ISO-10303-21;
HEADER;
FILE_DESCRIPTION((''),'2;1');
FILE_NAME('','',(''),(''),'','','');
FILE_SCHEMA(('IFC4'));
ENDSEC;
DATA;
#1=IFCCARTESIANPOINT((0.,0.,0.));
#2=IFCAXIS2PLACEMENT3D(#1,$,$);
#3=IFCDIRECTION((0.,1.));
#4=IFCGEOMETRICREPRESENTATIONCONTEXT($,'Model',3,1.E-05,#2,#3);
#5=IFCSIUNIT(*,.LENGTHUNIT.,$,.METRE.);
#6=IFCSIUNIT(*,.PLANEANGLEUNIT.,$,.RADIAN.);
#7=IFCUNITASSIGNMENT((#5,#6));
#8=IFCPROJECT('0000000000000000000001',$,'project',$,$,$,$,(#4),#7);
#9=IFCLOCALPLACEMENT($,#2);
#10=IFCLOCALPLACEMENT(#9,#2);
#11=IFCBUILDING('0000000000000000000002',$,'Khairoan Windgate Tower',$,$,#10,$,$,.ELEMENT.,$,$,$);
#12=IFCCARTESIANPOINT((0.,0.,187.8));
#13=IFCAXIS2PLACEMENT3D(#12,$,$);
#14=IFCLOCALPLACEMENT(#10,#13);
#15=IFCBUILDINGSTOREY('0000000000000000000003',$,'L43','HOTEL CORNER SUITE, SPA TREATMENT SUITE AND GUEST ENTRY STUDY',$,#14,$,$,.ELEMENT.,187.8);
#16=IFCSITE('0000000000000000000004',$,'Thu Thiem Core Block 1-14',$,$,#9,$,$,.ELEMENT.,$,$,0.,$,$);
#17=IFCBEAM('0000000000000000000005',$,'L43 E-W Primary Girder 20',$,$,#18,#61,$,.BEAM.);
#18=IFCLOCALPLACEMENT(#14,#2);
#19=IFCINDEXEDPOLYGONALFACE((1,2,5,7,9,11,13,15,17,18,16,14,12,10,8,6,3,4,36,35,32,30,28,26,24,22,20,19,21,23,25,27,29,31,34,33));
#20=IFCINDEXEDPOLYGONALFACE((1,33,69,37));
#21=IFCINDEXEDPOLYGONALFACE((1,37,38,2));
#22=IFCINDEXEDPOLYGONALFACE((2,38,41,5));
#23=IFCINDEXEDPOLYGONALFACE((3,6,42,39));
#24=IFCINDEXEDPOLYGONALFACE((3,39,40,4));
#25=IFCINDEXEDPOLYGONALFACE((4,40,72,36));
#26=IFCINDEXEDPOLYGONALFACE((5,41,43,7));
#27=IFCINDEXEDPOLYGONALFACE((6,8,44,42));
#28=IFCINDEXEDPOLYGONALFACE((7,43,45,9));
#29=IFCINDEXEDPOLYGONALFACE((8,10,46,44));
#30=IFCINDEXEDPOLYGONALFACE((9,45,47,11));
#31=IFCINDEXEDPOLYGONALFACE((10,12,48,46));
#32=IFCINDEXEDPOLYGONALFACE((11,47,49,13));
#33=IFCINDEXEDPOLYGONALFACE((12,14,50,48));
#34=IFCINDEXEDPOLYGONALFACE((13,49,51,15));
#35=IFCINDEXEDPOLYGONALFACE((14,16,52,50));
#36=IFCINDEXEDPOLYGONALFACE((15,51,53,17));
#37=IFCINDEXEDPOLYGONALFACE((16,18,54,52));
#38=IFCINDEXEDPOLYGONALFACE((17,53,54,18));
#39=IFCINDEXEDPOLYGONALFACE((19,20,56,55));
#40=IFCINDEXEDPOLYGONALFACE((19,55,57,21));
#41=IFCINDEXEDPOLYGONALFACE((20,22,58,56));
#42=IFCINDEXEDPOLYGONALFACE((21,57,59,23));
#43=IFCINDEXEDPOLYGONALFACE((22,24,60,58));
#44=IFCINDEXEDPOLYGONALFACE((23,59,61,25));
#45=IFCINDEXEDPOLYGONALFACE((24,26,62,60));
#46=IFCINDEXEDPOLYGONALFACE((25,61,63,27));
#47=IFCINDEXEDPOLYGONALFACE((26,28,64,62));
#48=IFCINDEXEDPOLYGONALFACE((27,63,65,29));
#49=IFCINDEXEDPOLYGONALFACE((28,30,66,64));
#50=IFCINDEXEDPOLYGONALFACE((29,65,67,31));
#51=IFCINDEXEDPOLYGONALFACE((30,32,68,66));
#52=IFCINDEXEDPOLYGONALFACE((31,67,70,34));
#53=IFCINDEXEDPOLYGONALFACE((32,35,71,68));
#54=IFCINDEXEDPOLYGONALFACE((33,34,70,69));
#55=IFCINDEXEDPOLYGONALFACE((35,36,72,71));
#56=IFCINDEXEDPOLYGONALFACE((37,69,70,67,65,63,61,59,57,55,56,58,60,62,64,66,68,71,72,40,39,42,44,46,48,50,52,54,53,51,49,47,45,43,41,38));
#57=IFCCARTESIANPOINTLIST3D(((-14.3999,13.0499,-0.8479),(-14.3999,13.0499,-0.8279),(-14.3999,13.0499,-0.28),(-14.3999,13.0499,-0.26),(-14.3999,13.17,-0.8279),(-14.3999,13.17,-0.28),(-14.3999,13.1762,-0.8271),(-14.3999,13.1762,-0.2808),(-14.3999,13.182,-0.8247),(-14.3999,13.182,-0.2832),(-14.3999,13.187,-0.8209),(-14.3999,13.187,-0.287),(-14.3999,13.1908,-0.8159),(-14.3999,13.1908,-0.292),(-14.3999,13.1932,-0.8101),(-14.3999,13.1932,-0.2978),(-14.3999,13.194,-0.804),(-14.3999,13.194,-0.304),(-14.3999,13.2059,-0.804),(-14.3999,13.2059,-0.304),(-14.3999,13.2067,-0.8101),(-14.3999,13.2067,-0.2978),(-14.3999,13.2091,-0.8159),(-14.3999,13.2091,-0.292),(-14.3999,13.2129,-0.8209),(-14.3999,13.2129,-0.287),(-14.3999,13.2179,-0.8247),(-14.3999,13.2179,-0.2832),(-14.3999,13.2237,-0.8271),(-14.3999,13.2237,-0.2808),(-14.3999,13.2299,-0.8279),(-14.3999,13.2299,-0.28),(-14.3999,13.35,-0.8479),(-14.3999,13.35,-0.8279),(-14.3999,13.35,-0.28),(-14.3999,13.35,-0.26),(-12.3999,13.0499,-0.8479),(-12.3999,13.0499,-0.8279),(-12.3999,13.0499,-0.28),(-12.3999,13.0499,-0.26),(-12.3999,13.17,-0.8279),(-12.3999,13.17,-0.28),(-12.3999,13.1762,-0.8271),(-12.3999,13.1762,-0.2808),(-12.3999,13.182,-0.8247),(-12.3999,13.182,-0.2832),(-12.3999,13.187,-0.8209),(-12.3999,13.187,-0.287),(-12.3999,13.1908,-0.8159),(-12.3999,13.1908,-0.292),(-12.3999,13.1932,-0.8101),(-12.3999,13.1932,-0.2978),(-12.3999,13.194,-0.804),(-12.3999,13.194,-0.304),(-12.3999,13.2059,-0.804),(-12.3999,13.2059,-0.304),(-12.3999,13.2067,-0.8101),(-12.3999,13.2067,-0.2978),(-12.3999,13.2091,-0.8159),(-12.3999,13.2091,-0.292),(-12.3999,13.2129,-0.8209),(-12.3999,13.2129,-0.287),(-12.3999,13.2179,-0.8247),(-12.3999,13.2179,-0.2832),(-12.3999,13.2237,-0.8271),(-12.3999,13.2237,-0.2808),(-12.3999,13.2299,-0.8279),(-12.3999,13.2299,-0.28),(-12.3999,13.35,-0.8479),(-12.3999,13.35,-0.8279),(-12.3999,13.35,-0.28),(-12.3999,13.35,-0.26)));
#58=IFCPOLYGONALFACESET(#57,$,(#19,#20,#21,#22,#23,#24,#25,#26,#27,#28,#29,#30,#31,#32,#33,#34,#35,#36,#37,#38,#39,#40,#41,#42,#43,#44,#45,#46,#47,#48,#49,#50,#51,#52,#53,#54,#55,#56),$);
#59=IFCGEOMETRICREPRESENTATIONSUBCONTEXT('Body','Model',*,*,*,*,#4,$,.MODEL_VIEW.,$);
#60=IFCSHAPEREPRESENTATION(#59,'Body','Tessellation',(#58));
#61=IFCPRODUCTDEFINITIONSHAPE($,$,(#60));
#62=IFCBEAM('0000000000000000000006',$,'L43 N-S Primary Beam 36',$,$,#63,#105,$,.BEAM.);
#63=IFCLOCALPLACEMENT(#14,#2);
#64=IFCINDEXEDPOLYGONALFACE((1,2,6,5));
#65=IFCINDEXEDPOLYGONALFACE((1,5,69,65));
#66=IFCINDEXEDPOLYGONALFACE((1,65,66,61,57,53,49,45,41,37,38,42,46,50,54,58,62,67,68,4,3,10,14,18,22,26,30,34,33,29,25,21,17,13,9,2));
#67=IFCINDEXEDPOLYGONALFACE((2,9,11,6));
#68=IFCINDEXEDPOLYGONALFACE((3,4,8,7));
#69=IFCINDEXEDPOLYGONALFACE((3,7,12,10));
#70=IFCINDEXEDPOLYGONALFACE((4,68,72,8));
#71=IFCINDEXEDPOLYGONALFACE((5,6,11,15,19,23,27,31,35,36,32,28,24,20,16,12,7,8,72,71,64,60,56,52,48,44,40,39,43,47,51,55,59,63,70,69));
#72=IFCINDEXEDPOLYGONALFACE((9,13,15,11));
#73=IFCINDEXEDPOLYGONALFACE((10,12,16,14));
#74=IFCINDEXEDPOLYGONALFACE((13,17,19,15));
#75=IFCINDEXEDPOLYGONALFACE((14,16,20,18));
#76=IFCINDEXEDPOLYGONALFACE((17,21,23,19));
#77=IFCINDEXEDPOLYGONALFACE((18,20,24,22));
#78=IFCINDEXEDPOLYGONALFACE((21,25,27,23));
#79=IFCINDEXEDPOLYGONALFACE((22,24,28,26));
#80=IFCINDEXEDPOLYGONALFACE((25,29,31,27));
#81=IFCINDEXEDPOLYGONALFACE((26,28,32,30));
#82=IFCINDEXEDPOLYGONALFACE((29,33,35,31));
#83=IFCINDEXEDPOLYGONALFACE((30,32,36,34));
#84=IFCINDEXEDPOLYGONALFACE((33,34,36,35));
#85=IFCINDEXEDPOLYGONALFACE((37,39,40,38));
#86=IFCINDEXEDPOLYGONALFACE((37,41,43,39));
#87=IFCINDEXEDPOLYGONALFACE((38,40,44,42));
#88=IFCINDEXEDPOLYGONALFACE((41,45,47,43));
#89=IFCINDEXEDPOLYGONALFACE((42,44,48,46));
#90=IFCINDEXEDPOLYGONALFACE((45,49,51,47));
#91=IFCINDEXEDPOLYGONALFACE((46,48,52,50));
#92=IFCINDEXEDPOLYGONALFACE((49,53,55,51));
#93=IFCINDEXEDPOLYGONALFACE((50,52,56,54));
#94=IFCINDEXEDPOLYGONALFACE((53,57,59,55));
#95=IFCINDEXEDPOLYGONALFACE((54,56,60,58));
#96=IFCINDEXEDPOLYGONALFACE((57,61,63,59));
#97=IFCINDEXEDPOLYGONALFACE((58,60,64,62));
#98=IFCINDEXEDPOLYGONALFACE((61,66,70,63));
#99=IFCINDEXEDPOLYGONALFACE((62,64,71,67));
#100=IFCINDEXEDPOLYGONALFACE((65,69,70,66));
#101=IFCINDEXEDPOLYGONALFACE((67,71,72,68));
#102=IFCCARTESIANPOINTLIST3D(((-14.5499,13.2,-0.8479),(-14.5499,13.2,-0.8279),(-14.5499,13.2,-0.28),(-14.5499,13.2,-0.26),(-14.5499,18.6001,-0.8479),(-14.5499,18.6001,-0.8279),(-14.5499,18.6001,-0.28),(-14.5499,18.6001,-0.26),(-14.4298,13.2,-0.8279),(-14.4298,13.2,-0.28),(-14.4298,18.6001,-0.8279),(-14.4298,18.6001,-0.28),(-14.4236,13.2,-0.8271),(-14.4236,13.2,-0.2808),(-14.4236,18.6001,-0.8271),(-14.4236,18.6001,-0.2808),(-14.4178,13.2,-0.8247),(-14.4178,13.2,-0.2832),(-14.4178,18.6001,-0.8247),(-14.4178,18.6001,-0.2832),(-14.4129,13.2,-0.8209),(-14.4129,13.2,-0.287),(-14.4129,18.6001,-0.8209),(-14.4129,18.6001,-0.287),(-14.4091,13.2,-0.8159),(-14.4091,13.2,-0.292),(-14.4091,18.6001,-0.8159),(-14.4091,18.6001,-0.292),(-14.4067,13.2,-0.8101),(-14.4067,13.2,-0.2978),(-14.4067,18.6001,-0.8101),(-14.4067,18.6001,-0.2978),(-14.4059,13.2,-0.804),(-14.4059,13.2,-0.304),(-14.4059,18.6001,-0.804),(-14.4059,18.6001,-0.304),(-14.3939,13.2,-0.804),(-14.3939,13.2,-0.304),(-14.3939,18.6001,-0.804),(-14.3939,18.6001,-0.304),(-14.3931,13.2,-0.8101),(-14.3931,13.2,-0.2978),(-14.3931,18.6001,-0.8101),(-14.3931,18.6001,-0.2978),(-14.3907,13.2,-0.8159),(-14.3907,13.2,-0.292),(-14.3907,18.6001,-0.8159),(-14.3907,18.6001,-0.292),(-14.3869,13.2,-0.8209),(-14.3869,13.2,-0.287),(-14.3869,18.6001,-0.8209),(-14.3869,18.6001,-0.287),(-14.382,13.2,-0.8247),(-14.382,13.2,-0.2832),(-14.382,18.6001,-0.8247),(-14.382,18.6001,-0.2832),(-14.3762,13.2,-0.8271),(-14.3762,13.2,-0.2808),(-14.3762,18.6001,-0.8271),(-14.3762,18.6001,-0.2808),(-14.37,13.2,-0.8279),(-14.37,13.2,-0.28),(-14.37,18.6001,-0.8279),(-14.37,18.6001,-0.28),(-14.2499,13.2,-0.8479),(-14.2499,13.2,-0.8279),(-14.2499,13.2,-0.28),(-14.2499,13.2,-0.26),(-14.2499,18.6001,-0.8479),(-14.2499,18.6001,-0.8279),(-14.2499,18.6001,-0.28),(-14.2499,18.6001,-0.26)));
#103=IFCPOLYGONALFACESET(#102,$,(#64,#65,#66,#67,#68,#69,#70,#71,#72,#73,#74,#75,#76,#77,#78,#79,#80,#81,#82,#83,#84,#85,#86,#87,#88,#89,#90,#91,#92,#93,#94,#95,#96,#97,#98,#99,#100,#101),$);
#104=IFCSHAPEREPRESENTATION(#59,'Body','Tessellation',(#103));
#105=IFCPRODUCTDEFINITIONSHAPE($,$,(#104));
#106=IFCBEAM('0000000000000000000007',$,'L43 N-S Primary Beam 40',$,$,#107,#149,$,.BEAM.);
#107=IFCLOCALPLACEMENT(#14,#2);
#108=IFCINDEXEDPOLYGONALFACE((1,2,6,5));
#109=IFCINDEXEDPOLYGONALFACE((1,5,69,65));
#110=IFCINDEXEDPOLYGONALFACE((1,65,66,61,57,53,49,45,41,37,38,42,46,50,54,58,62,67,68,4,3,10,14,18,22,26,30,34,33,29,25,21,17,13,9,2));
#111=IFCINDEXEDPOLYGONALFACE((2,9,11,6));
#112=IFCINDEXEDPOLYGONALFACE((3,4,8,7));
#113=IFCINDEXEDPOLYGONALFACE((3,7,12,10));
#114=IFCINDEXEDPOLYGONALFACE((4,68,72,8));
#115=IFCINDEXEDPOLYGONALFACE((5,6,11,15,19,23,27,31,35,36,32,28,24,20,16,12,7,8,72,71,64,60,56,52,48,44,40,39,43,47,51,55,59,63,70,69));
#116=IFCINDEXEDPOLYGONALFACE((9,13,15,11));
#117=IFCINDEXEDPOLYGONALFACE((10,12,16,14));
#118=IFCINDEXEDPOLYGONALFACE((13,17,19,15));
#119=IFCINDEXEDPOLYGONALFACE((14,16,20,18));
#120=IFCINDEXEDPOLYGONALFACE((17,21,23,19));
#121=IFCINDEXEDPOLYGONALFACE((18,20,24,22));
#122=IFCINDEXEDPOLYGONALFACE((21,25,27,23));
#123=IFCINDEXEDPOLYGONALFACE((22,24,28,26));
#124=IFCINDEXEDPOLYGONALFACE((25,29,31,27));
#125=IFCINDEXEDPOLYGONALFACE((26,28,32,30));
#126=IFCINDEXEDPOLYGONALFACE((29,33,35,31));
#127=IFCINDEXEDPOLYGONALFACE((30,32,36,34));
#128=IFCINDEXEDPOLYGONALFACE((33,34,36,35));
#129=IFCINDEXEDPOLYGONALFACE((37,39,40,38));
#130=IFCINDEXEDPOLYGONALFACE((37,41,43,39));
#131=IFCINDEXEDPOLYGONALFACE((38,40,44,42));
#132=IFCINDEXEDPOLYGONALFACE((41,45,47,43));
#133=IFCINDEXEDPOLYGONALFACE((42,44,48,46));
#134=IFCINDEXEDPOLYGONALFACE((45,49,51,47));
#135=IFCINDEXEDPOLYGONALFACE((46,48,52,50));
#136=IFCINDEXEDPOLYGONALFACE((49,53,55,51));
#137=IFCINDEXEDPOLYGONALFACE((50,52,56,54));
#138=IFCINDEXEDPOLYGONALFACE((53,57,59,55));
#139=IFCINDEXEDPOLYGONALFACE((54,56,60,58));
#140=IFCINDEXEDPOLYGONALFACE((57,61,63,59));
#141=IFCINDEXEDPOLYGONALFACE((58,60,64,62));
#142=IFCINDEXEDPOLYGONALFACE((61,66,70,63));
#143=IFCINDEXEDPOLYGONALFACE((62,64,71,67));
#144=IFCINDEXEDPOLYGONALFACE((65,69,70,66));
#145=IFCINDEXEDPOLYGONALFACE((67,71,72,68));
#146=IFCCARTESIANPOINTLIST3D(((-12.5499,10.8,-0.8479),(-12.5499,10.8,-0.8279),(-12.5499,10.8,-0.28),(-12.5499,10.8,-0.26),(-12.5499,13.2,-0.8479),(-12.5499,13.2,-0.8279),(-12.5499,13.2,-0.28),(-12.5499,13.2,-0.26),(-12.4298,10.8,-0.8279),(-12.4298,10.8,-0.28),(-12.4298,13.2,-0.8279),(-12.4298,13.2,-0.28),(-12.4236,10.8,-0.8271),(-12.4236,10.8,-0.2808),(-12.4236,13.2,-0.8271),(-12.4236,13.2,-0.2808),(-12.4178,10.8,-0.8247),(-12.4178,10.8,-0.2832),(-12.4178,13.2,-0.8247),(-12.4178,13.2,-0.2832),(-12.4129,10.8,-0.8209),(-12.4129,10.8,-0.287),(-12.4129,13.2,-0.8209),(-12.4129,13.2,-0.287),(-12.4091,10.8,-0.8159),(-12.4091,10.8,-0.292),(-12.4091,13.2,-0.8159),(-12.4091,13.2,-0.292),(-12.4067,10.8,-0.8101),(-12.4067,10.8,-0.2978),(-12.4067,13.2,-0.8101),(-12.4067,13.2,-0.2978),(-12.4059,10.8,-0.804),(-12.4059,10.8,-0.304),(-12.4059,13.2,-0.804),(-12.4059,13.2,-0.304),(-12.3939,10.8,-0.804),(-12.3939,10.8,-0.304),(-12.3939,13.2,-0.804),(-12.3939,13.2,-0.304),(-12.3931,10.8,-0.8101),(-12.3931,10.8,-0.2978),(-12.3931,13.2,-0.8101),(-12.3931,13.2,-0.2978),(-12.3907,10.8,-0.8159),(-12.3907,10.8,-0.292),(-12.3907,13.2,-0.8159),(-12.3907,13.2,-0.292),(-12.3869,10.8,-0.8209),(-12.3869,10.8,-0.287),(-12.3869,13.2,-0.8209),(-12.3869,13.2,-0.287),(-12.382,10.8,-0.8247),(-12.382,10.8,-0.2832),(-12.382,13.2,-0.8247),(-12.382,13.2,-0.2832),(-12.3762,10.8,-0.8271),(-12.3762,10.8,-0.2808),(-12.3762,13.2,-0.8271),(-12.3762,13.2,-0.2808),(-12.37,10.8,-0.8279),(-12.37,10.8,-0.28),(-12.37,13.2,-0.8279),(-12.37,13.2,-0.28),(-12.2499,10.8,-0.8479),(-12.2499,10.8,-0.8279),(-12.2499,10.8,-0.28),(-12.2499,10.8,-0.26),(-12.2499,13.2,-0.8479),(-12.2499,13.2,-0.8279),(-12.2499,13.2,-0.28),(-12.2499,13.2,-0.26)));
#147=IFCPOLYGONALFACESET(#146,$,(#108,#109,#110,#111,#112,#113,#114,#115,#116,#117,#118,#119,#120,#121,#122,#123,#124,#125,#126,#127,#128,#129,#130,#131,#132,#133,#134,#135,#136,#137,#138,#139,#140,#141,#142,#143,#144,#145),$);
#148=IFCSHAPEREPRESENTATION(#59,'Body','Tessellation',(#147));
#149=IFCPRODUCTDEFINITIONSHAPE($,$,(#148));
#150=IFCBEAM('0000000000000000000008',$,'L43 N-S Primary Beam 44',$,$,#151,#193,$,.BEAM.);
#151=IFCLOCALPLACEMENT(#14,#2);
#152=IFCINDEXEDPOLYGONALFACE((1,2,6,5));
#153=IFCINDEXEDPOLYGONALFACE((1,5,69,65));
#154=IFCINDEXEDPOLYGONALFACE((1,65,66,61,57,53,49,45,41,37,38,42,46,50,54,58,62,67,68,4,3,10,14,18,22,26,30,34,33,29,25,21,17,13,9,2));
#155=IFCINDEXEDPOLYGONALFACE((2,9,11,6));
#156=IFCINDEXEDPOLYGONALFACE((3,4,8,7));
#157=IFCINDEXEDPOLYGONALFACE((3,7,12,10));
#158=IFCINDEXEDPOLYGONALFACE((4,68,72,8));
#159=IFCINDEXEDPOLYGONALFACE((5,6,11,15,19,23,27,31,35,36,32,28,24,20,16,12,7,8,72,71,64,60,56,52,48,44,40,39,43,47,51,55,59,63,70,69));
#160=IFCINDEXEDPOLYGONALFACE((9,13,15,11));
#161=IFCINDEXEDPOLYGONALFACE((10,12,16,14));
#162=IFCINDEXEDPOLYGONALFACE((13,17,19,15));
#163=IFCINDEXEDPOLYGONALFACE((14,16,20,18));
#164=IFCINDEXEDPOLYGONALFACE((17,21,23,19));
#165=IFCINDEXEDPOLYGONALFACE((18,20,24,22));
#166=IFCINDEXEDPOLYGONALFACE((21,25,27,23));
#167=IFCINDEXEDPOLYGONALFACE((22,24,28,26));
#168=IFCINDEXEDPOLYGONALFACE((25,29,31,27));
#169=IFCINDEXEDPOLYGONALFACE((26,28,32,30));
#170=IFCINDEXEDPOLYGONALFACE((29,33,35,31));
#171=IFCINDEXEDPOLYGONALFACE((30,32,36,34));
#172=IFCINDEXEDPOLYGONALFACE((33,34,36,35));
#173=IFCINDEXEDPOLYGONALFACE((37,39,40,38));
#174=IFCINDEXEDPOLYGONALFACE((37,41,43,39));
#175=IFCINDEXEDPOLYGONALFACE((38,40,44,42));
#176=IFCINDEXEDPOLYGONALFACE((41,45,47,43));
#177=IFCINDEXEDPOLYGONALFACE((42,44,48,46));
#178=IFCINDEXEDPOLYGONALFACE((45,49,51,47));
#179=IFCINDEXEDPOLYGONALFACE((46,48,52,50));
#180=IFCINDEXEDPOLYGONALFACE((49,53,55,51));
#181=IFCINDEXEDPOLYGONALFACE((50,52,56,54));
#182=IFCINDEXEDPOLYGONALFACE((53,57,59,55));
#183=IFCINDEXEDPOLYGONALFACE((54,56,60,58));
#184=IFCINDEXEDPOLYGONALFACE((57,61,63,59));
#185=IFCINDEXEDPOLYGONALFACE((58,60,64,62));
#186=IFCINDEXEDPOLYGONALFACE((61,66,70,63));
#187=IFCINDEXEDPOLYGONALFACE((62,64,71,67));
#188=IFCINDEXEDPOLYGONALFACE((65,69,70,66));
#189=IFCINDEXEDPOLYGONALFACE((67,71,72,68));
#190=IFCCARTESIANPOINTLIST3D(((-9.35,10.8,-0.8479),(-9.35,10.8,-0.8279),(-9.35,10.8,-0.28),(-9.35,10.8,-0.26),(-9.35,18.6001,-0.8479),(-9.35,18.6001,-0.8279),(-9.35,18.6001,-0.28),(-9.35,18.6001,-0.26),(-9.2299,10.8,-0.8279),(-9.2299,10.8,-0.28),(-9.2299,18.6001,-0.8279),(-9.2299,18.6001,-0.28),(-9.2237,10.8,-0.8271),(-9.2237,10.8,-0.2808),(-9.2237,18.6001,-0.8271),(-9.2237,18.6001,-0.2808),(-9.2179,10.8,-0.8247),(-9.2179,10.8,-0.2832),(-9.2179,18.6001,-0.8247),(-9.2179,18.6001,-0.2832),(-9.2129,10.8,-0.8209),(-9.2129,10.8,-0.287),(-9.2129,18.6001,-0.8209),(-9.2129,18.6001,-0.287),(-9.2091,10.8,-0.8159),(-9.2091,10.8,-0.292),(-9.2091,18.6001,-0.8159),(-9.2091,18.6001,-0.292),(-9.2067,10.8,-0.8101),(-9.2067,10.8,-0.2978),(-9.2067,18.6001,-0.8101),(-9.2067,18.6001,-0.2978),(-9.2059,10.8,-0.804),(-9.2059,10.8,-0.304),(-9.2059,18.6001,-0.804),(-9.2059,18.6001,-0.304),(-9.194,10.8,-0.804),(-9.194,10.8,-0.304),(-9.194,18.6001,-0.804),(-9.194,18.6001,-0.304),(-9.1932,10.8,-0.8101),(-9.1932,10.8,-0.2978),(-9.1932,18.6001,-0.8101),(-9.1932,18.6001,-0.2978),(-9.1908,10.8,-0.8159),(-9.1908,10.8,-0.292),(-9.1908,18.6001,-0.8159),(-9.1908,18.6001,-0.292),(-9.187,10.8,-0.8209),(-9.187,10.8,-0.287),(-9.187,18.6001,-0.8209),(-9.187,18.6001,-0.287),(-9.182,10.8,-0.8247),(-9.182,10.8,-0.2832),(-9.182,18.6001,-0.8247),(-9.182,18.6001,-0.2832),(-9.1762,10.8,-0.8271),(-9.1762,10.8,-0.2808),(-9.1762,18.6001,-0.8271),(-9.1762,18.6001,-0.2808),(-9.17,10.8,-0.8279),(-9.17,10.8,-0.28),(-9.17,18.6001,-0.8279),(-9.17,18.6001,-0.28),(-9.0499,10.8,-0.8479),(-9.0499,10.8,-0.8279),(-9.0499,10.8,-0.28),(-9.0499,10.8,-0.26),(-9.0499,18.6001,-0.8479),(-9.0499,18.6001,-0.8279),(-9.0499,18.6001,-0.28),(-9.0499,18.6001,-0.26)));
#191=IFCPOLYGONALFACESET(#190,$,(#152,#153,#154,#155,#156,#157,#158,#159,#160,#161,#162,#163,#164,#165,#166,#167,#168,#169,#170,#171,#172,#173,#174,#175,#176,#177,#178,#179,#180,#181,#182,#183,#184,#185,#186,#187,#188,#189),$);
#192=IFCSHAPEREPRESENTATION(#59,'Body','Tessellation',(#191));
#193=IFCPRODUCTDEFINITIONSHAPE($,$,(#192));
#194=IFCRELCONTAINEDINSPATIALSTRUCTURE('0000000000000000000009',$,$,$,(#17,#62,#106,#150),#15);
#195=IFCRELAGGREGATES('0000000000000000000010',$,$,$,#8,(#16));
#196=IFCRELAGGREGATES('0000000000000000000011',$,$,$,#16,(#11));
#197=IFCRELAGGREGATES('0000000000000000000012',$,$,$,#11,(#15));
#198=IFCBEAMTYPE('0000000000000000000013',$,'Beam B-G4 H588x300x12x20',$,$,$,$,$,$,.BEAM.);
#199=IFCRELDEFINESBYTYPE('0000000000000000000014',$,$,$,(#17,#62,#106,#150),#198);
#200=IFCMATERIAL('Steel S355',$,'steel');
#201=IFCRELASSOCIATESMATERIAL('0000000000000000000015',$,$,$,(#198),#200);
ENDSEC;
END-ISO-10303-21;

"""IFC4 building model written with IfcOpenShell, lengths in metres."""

from ifc_helpers import new_model, si_unit, direction, frame, origin, origin_2d, place, context, subcontext, project, spatial, i_section, extrude, material, material_profile, profile_set, type_object, element, save


model = new_model("IFC4")

# Units and contexts
model_context = context("Model", 3, precision=1e-05, world=origin(), true_north=direction((0.0, 1.0)))
body_context = subcontext(model_context, "Body", "Model", "MODEL_VIEW")
ifc_project = project(units=[si_unit("LENGTHUNIT", "METRE"), si_unit("PLANEANGLEUNIT", "RADIAN")], contexts=[model_context])

# Site, building, storey
site_placement = place(None, origin())
site = spatial("IfcSite", under=ifc_project, at=site_placement, Name="Thu Thiem Core Block 1-14", CompositionType="ELEMENT", RefElevation=0.0)
building_placement = place(site_placement, origin())
building = spatial("IfcBuilding", under=site, at=building_placement, Name="Khairoan Windgate Tower", CompositionType="ELEMENT")
storey_placement = place(building_placement, frame((0.0, 0.0, 187.8)))
storey = spatial("IfcBuildingStorey", under=building, at=storey_placement, Name="L43", Description="HOTEL CORNER SUITE, SPA TREATMENT SUITE AND GUEST ENTRY STUDY", CompositionType="ELEMENT", Elevation=187.8)

# Beams
ifc_material_1 = material(Name="Steel S355", Category="steel")
ifc_material_profile_1 = material_profile(ifc_material_1, i_section(OverallWidth=0.3, OverallDepth=0.5879, WebThickness=0.012, FlangeThickness=0.02, FilletRadius=0.0239, at=origin_2d()))
ifc_profile_set_1 = profile_set([ifc_material_profile_1], Name="Steel S355")
beam_type_1 = type_object("IfcBeamType", Name="Beam B-G4 H588x300x12x20", PredefinedType="BEAM", material=ifc_profile_set_1)
beam_1_placement = place(storey_placement, frame((-14.3999, 13.2, -0.554), z_axis=(1.0, 0.0, 0.0), x_axis=(0.0, 1.0, 0.0)))
element("IfcBeam", 1, at=beam_1_placement, inside=storey, type_object=beam_type_1, Name="L43 E-W Primary Girder 20", PredefinedType="BEAM", context=body_context, shape_type="SweptSolid", body=[
    extrude(i_section(OverallWidth=0.3, OverallDepth=0.5879, WebThickness=0.012, FlangeThickness=0.02, FilletRadius=0.0239, at=origin_2d()), origin(), (0.0, 0.0, 1.0), 2.0),
])
beam_2_placement = place(storey_placement, frame((-14.3999, 13.2, -0.554), z_axis=(0.0, 1.0, 0.0), x_axis=(-1.0, 0.0, 0.0)))
element("IfcBeam", 2, at=beam_2_placement, inside=storey, type_object=beam_type_1, Name="L43 N-S Primary Beam 36", PredefinedType="BEAM", context=body_context, shape_type="SweptSolid", body=[
    extrude(i_section(OverallWidth=0.3, OverallDepth=0.5879, WebThickness=0.012, FlangeThickness=0.02, FilletRadius=0.0239, at=origin_2d()), origin(), (0.0, 0.0, 1.0), 5.4001),
])
beam_3_placement = place(storey_placement, frame((-12.3999, 10.8, -0.554), z_axis=(0.0, 1.0, 0.0), x_axis=(-1.0, 0.0, 0.0)))
element("IfcBeam", 3, at=beam_3_placement, inside=storey, type_object=beam_type_1, Name="L43 N-S Primary Beam 40", PredefinedType="BEAM", context=body_context, shape_type="SweptSolid", body=[
    extrude(i_section(OverallWidth=0.3, OverallDepth=0.5879, WebThickness=0.012, FlangeThickness=0.02, FilletRadius=0.0239, at=origin_2d()), origin(), (0.0, 0.0, 1.0), 2.3999),
])
beam_4_placement = place(storey_placement, frame((-9.2, 10.8, -0.554), z_axis=(0.0, 1.0, 0.0), x_axis=(-1.0, 0.0, 0.0)))
element("IfcBeam", 4, at=beam_4_placement, inside=storey, type_object=beam_type_1, Name="L43 N-S Primary Beam 44", PredefinedType="BEAM", context=body_context, shape_type="SweptSolid", body=[
    extrude(i_section(OverallWidth=0.3, OverallDepth=0.5879, WebThickness=0.012, FlangeThickness=0.02, FilletRadius=0.0239, at=origin_2d()), origin(), (0.0, 0.0, 1.0), 7.8),
])

save(model, "model.ifc")
